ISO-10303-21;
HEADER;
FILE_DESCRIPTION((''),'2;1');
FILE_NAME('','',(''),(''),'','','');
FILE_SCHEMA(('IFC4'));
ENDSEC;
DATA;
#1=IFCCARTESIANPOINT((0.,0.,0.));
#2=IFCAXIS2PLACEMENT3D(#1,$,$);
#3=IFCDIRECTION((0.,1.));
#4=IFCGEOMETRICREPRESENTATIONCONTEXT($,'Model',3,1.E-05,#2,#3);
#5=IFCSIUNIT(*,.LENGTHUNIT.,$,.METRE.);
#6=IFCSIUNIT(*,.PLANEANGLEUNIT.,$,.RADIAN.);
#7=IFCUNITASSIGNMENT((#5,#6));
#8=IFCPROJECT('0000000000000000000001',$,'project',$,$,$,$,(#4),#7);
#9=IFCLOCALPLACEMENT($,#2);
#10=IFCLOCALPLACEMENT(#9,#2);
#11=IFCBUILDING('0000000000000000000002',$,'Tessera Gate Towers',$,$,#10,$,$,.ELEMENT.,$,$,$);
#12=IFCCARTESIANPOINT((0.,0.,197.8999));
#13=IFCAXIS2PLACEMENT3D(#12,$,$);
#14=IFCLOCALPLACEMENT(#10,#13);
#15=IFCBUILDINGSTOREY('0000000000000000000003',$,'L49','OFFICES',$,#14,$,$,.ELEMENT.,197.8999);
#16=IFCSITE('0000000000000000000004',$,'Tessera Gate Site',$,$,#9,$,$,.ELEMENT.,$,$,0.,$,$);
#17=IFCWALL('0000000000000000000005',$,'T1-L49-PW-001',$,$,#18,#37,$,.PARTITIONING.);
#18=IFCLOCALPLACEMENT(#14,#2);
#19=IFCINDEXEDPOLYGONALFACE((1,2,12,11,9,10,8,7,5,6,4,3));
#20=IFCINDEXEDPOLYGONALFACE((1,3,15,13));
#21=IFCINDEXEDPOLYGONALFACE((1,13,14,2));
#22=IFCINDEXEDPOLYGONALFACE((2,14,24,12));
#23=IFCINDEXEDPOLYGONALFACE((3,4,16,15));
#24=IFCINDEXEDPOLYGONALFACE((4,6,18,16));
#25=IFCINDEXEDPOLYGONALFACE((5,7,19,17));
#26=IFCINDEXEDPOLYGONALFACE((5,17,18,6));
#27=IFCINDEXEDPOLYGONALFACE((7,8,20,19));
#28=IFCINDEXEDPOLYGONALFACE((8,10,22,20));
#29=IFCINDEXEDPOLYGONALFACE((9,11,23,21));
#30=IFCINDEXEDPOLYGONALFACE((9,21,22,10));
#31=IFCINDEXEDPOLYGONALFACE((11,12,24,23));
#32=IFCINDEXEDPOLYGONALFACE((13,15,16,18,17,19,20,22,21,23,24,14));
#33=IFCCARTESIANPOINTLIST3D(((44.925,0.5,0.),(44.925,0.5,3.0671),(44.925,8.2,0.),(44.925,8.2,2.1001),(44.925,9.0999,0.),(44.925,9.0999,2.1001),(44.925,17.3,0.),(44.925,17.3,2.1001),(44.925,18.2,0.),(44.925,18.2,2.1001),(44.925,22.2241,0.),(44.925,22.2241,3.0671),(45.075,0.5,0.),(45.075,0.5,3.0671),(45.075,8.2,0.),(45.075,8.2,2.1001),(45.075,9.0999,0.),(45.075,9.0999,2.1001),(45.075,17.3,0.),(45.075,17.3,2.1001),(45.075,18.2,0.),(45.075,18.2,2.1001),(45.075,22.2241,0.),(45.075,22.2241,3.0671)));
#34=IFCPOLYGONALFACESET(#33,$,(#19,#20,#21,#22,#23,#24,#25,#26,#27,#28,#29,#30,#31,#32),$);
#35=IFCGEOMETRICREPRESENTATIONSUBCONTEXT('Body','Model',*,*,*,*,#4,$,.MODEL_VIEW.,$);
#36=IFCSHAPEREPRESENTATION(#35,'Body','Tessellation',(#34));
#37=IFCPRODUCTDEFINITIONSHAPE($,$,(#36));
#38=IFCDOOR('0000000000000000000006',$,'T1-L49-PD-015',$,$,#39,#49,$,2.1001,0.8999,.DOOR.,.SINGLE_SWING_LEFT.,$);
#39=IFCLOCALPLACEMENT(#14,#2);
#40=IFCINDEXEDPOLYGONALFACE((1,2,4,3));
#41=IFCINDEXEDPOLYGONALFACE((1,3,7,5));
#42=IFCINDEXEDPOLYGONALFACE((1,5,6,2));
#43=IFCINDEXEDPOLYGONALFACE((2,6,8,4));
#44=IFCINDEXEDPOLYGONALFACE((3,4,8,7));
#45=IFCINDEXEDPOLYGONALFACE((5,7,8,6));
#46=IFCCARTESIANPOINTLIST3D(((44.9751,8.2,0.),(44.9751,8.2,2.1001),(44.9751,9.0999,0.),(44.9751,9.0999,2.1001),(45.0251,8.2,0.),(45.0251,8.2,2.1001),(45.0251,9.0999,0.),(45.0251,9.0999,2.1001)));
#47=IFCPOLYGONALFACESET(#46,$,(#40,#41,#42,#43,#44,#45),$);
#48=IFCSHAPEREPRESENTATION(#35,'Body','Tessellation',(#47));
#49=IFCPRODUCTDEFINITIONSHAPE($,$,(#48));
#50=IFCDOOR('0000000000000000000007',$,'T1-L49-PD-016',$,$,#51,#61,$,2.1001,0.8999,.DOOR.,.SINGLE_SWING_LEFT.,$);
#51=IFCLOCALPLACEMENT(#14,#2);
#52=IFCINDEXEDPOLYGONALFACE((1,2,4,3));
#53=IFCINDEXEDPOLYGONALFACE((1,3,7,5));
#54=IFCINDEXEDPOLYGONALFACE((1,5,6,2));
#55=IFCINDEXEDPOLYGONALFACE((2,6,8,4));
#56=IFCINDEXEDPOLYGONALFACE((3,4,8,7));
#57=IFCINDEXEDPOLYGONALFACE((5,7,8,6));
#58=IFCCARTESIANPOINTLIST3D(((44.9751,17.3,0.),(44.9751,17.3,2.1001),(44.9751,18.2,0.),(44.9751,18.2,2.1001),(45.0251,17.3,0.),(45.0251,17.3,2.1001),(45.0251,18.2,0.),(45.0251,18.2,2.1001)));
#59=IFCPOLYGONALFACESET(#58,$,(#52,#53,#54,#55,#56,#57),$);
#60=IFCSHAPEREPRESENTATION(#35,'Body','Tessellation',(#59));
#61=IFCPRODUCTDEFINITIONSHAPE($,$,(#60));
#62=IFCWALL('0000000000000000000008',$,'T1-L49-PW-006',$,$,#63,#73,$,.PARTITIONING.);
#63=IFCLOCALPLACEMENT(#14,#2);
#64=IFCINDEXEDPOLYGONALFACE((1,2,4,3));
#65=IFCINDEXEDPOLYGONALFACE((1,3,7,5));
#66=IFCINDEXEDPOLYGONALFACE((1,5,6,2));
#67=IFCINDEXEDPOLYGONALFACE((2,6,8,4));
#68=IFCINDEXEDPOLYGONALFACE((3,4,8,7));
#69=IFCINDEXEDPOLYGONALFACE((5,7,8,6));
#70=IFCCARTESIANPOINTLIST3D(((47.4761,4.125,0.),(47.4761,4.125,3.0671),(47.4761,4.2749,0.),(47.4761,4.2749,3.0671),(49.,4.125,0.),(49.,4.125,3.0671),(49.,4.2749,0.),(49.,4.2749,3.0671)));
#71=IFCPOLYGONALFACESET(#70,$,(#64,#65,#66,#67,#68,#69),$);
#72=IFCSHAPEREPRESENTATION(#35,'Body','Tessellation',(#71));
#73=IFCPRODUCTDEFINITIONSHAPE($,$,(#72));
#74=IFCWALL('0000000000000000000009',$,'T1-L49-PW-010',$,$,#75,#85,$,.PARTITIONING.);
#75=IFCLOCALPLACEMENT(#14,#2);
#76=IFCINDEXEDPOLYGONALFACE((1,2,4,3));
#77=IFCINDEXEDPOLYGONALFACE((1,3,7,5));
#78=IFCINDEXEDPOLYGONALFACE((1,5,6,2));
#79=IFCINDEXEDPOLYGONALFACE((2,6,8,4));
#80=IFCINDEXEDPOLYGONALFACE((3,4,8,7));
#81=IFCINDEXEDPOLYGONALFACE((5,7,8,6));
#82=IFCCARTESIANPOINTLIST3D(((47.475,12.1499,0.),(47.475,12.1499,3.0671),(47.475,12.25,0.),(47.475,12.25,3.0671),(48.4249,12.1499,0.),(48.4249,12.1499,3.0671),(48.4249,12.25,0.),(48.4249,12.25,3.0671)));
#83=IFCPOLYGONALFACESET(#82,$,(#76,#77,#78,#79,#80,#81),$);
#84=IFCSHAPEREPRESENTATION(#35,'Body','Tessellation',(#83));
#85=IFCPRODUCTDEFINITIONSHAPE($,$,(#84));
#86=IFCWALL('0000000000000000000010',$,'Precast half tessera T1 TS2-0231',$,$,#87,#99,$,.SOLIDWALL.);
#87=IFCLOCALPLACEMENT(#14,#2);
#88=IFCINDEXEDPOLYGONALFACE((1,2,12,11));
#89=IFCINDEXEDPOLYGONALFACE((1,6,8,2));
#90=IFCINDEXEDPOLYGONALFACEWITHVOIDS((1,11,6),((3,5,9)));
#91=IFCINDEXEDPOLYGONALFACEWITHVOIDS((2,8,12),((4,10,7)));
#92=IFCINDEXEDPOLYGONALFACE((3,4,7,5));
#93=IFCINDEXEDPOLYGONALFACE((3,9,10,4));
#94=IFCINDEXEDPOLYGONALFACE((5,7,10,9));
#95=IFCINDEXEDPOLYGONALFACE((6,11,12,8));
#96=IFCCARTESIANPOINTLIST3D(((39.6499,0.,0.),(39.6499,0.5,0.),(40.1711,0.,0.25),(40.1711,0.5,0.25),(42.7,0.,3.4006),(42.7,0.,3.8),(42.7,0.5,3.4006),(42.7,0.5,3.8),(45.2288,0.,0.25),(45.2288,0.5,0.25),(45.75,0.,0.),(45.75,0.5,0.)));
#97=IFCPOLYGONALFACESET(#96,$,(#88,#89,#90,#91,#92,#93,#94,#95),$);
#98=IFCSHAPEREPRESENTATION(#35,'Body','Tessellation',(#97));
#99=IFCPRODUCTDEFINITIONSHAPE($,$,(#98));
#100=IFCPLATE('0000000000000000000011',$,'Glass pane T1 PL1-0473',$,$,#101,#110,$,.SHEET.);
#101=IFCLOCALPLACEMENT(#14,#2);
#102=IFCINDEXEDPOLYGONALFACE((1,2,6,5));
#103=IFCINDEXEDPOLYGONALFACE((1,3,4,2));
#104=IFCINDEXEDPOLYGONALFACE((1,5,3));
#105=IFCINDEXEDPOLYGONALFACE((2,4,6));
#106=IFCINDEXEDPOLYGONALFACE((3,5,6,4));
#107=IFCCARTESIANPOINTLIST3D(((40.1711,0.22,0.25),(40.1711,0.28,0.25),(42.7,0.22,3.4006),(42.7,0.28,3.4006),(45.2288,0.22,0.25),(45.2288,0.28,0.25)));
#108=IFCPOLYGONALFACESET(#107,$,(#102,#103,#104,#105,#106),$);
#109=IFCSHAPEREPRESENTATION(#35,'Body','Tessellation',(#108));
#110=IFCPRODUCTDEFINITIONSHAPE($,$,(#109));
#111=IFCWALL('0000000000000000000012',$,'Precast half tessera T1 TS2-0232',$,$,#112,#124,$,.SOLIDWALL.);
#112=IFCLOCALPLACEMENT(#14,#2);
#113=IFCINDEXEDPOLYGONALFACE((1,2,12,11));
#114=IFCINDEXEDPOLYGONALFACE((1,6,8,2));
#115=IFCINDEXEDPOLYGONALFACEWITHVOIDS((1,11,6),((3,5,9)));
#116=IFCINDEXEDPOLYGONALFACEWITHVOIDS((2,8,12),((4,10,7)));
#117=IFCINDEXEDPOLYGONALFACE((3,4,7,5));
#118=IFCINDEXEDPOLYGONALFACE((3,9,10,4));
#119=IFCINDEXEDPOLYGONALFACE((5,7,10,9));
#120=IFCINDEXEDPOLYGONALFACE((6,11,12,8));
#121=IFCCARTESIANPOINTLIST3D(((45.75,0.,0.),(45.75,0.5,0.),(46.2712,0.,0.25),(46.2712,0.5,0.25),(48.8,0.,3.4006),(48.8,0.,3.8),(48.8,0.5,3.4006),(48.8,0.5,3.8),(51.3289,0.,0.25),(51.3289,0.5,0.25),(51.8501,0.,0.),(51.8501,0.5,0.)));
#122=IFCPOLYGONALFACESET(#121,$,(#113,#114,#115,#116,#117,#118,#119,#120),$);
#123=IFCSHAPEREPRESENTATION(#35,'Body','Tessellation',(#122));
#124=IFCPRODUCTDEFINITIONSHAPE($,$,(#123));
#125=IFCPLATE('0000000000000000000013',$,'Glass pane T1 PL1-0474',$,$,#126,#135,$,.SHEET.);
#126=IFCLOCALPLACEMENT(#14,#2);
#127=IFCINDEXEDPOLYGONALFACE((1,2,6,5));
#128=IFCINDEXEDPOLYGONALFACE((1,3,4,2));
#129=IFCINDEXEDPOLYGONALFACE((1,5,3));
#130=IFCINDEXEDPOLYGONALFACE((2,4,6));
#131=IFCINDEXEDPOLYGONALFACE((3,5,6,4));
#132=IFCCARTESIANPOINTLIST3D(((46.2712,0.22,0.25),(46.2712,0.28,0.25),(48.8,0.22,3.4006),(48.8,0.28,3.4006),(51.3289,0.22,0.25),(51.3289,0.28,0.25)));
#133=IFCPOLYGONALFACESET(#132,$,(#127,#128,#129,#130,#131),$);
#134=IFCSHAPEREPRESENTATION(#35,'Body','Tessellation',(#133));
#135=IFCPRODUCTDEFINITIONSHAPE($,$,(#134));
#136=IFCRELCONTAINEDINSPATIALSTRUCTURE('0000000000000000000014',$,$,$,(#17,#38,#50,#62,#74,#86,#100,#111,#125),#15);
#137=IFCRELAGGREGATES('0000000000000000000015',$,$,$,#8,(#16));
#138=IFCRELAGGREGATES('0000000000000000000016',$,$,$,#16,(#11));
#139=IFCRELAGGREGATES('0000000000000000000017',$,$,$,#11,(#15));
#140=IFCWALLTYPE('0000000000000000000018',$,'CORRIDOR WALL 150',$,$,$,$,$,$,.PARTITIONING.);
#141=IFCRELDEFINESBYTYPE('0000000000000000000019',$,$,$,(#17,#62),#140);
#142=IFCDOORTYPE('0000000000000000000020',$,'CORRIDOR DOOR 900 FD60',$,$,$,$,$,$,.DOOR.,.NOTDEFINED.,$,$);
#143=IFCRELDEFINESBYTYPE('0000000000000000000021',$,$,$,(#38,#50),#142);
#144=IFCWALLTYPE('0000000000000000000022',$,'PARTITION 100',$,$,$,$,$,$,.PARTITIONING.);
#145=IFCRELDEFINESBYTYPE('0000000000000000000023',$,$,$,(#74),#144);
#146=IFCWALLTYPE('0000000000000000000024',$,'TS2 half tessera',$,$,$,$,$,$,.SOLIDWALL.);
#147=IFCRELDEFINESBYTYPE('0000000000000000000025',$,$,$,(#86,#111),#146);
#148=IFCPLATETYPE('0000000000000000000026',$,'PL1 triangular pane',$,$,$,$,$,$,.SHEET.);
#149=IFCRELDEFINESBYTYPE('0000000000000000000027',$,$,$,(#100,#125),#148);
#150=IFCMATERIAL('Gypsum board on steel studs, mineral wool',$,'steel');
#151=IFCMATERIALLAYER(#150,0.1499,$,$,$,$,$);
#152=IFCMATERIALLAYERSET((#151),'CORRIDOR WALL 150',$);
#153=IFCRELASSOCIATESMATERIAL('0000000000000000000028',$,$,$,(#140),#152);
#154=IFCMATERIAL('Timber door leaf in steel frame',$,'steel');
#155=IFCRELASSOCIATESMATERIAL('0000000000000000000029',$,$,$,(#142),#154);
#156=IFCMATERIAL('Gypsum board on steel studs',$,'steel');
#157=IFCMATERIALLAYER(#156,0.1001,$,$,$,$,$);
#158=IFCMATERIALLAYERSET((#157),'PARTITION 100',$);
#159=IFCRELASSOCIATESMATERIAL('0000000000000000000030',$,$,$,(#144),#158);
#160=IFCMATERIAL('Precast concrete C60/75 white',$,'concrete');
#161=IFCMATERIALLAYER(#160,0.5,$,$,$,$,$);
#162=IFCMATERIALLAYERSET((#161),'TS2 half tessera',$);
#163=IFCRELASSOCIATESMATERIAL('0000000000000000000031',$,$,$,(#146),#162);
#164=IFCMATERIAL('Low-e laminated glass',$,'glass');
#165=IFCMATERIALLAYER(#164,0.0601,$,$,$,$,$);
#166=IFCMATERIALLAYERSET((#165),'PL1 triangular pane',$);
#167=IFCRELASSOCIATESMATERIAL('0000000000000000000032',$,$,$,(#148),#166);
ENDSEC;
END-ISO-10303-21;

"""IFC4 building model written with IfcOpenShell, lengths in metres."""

from ifc_helpers import new_model, si_unit, direction, frame, frame_2d, origin, place, context, subcontext, project, spatial, polyline, rectangle, outline, extrude, source, transform, mapped, material, layer, layer_set, type_object, element, fill, save


model = new_model("IFC4")

# Units and contexts
model_context = context("Model", 3, precision=1e-05, world=origin(), true_north=direction((0.0, 1.0)))
body_context = subcontext(model_context, "Body", "Model", "MODEL_VIEW")
ifc_project = project(units=[si_unit("LENGTHUNIT", "METRE"), si_unit("PLANEANGLEUNIT", "RADIAN")], contexts=[model_context])

# Site, building, storey
site_placement = place(None, origin())
site = spatial("IfcSite", under=ifc_project, at=site_placement, Name="Tessera Gate Site", CompositionType="ELEMENT", RefElevation=0.0)
building_placement = place(site_placement, origin())
building = spatial("IfcBuilding", under=site, at=building_placement, Name="Tessera Gate Towers", CompositionType="ELEMENT")
storey_placement = place(building_placement, frame((0.0, 0.0, 197.8999)))
storey = spatial("IfcBuildingStorey", under=building, at=storey_placement, Name="L49", Description="OFFICES", CompositionType="ELEMENT", Elevation=197.8999)

# Wall, openings, doors
ifc_material_1 = material(Name="Gypsum board on steel studs, mineral wool", Category="steel")
ifc_layer_1 = layer(ifc_material_1, 0.1499)
ifc_layer_set_1 = layer_set([ifc_layer_1], Name="CORRIDOR WALL 150")
wall_type_1 = type_object("IfcWallType", Name="CORRIDOR WALL 150", PredefinedType="PARTITIONING", material=ifc_layer_set_1)
wall_1_placement = place(storey_placement, frame((45.0, 0.5, 0.0), z_axis=(0.0, 0.0, 1.0), x_axis=(0.0, 1.0, 0.0)))
wall_1 = element("IfcWall", 1, at=wall_1_placement, inside=storey, type_object=wall_type_1, Name="T1-L49-PW-001", PredefinedType="PARTITIONING", context=body_context, shape_type="SweptSolid", body=[
    extrude(rectangle(XDim=21.7241, YDim=0.1499, at=frame_2d((10.8621, 0.0))), origin(), (0.0, 0.0, 1.0), 3.0671),
])
shared_shape_1 = source(origin(), body_context, "Body", "SweptSolid", [
    extrude(rectangle(XDim=0.8999, YDim=2.1001, at=frame_2d((0.45, 1.05))), frame((0.0, 0.085, 0.0), z_axis=(0.0, -1.0, 0.0), x_axis=(1.0, 0.0, 0.0)), (0.0, 0.0, 1.0), 0.1699),
])
opening_1_placement = place(wall_1_placement, frame((7.7, 0.0, 0.0)))
opening_1 = element("IfcOpeningElement", 2, at=opening_1_placement, cuts=wall_1, PredefinedType="OPENING", context=body_context, shape_type="MappedRepresentation", body=[
    mapped(shared_shape_1, transform((0.0, 0.0, 0.0), scale=1.0)),
])
opening_2_placement = place(wall_1_placement, frame((16.8, 0.0, 0.0)))
opening_2 = element("IfcOpeningElement", 3, at=opening_2_placement, cuts=wall_1, PredefinedType="OPENING", context=body_context, shape_type="MappedRepresentation", body=[
    mapped(shared_shape_1, transform((0.0, 0.0, 0.0), scale=1.0)),
])
ifc_material_2 = material(Name="Timber door leaf in steel frame", Category="steel")
door_type = type_object("IfcDoorType", Name="CORRIDOR DOOR 900 FD60", OperationType="NOTDEFINED", PredefinedType="DOOR", material=ifc_material_2)
shared_shape_2 = source(origin(), body_context, "Body", "SweptSolid", [
    extrude(rectangle(XDim=0.8999, YDim=2.1001, at=frame_2d((0.45, 1.05))), frame((0.0, 0.0249, 0.0), z_axis=(0.0, -1.0, 0.0), x_axis=(1.0, 0.0, 0.0)), (0.0, 0.0, 1.0), 0.05),
])
door_1_placement = place(opening_1_placement, origin())
door_1 = element("IfcDoor", 4, at=door_1_placement, inside=storey, type_object=door_type, Name="T1-L49-PD-015", OperationType="SINGLE_SWING_LEFT", OverallHeight=2.1001, OverallWidth=0.8999, PredefinedType="DOOR", context=body_context, shape_type="MappedRepresentation", body=[
    mapped(shared_shape_2, transform((0.0, 0.0, 0.0), scale=1.0)),
])
fill(opening_1, door_1)
door_2_placement = place(opening_2_placement, origin())
door_2 = element("IfcDoor", 5, at=door_2_placement, inside=storey, type_object=door_type, Name="T1-L49-PD-016", OperationType="SINGLE_SWING_LEFT", OverallHeight=2.1001, OverallWidth=0.8999, PredefinedType="DOOR", context=body_context, shape_type="MappedRepresentation", body=[
    mapped(shared_shape_2, transform((0.0, 0.0, 0.0), scale=1.0)),
])
fill(opening_2, door_2)

# Walls
wall_2_placement = place(storey_placement, frame((47.4761, 4.2, 0.0), z_axis=(0.0, 0.0, 1.0), x_axis=(1.0, 0.0, 0.0)))
element("IfcWall", 6, at=wall_2_placement, inside=storey, type_object=wall_type_1, Name="T1-L49-PW-006", PredefinedType="PARTITIONING", context=body_context, shape_type="SweptSolid", body=[
    extrude(rectangle(XDim=1.5239, YDim=0.1499, at=frame_2d((0.762, 0.0))), origin(), (0.0, 0.0, 1.0), 3.0671),
])
ifc_material_3 = material(Name="Gypsum board on steel studs", Category="steel")
ifc_layer_2 = layer(ifc_material_3, 0.1001)
ifc_layer_set_2 = layer_set([ifc_layer_2], Name="PARTITION 100")
wall_type_2 = type_object("IfcWallType", Name="PARTITION 100", PredefinedType="PARTITIONING", material=ifc_layer_set_2)
wall_3_placement = place(storey_placement, frame((48.425, 12.2, 0.0), z_axis=(0.0, 0.0, 1.0), x_axis=(-1.0, 0.0, 0.0)))
element("IfcWall", 7, at=wall_3_placement, inside=storey, type_object=wall_type_2, Name="T1-L49-PW-010", PredefinedType="PARTITIONING", context=body_context, shape_type="SweptSolid", body=[
    extrude(rectangle(XDim=0.95, YDim=0.1001, at=frame_2d((0.4751, 0.0))), origin(), (0.0, 0.0, 1.0), 3.0671),
])

# Walls, openings, plates
ifc_material_4 = material(Name="Precast concrete C60/75 white", Category="concrete")
ifc_layer_3 = layer(ifc_material_4, 0.5)
ifc_layer_set_3 = layer_set([ifc_layer_3], Name="TS2 half tessera")
wall_type_3 = type_object("IfcWallType", Name="TS2 half tessera", PredefinedType="SOLIDWALL", material=ifc_layer_set_3)
shared_shape_3 = source(origin(), body_context, "Body", "SweptSolid", [
    extrude(outline(polyline([(6.1001, 0.0), (3.05, 3.8), (0.0, 0.0), (6.1001, 0.0)])), frame((0.0, 0.25, 0.0), z_axis=(0.0, -1.0, 0.0), x_axis=(1.0, 0.0, 0.0)), (0.0, 0.0, 1.0), 0.5),
])
wall_4_placement = place(storey_placement, frame((39.6499, 0.25, 0.0), z_axis=(0.0, 0.0, 1.0), x_axis=(1.0, 0.0, 0.0)))
wall_4 = element("IfcWall", 8, at=wall_4_placement, inside=storey, type_object=wall_type_3, Name="Precast half tessera T1 TS2-0231", PredefinedType="SOLIDWALL", context=body_context, shape_type="MappedRepresentation", body=[
    mapped(shared_shape_3, transform((0.0, 0.0, 0.0), scale=1.0)),
])
shared_shape_4 = source(origin(), body_context, "Body", "SweptSolid", [
    extrude(outline(polyline([(5.5789, 0.25), (3.05, 3.4006), (0.5212, 0.25), (5.5789, 0.25)])), frame((0.0, 0.26, 0.0), z_axis=(0.0, -1.0, 0.0), x_axis=(1.0, 0.0, 0.0)), (0.0, 0.0, 1.0), 0.52),
])
opening_3_placement = place(wall_4_placement, origin())
opening_3 = element("IfcOpeningElement", 9, at=opening_3_placement, cuts=wall_4, PredefinedType="OPENING", context=body_context, shape_type="MappedRepresentation", body=[
    mapped(shared_shape_4, transform((0.0, 0.0, 0.0), scale=1.0)),
])
ifc_material_5 = material(Name="Low-e laminated glass", Category="glass")
ifc_layer_4 = layer(ifc_material_5, 0.0601)
ifc_layer_set_4 = layer_set([ifc_layer_4], Name="PL1 triangular pane")
plate_type = type_object("IfcPlateType", Name="PL1 triangular pane", PredefinedType="SHEET", material=ifc_layer_set_4)
shared_shape_5 = source(origin(), body_context, "Body", "SweptSolid", [
    extrude(outline(polyline([(5.5789, 0.25), (3.05, 3.4006), (0.5212, 0.25), (5.5789, 0.25)])), frame((0.0, 0.03, 0.0), z_axis=(0.0, -1.0, 0.0), x_axis=(1.0, 0.0, 0.0)), (0.0, 0.0, 1.0), 0.0601),
])
plate_1_placement = place(opening_3_placement, origin())
plate_1 = element("IfcPlate", 10, at=plate_1_placement, inside=storey, type_object=plate_type, Name="Glass pane T1 PL1-0473", PredefinedType="SHEET", context=body_context, shape_type="MappedRepresentation", body=[
    mapped(shared_shape_5, transform((0.0, 0.0, 0.0), scale=1.0)),
])
fill(opening_3, plate_1)
wall_5_placement = place(storey_placement, frame((45.75, 0.25, 0.0), z_axis=(0.0, 0.0, 1.0), x_axis=(1.0, 0.0, 0.0)))
wall_5 = element("IfcWall", 11, at=wall_5_placement, inside=storey, type_object=wall_type_3, Name="Precast half tessera T1 TS2-0232", PredefinedType="SOLIDWALL", context=body_context, shape_type="MappedRepresentation", body=[
    mapped(shared_shape_3, transform((0.0, 0.0, 0.0), scale=1.0)),
])
opening_4_placement = place(wall_5_placement, origin())
opening_4 = element("IfcOpeningElement", 12, at=opening_4_placement, cuts=wall_5, PredefinedType="OPENING", context=body_context, shape_type="MappedRepresentation", body=[
    mapped(shared_shape_4, transform((0.0, 0.0, 0.0), scale=1.0)),
])
plate_2_placement = place(opening_4_placement, origin())
plate_2 = element("IfcPlate", 13, at=plate_2_placement, inside=storey, type_object=plate_type, Name="Glass pane T1 PL1-0474", PredefinedType="SHEET", context=body_context, shape_type="MappedRepresentation", body=[
    mapped(shared_shape_5, transform((0.0, 0.0, 0.0), scale=1.0)),
])
fill(opening_4, plate_2)

save(model, "model.ifc")
